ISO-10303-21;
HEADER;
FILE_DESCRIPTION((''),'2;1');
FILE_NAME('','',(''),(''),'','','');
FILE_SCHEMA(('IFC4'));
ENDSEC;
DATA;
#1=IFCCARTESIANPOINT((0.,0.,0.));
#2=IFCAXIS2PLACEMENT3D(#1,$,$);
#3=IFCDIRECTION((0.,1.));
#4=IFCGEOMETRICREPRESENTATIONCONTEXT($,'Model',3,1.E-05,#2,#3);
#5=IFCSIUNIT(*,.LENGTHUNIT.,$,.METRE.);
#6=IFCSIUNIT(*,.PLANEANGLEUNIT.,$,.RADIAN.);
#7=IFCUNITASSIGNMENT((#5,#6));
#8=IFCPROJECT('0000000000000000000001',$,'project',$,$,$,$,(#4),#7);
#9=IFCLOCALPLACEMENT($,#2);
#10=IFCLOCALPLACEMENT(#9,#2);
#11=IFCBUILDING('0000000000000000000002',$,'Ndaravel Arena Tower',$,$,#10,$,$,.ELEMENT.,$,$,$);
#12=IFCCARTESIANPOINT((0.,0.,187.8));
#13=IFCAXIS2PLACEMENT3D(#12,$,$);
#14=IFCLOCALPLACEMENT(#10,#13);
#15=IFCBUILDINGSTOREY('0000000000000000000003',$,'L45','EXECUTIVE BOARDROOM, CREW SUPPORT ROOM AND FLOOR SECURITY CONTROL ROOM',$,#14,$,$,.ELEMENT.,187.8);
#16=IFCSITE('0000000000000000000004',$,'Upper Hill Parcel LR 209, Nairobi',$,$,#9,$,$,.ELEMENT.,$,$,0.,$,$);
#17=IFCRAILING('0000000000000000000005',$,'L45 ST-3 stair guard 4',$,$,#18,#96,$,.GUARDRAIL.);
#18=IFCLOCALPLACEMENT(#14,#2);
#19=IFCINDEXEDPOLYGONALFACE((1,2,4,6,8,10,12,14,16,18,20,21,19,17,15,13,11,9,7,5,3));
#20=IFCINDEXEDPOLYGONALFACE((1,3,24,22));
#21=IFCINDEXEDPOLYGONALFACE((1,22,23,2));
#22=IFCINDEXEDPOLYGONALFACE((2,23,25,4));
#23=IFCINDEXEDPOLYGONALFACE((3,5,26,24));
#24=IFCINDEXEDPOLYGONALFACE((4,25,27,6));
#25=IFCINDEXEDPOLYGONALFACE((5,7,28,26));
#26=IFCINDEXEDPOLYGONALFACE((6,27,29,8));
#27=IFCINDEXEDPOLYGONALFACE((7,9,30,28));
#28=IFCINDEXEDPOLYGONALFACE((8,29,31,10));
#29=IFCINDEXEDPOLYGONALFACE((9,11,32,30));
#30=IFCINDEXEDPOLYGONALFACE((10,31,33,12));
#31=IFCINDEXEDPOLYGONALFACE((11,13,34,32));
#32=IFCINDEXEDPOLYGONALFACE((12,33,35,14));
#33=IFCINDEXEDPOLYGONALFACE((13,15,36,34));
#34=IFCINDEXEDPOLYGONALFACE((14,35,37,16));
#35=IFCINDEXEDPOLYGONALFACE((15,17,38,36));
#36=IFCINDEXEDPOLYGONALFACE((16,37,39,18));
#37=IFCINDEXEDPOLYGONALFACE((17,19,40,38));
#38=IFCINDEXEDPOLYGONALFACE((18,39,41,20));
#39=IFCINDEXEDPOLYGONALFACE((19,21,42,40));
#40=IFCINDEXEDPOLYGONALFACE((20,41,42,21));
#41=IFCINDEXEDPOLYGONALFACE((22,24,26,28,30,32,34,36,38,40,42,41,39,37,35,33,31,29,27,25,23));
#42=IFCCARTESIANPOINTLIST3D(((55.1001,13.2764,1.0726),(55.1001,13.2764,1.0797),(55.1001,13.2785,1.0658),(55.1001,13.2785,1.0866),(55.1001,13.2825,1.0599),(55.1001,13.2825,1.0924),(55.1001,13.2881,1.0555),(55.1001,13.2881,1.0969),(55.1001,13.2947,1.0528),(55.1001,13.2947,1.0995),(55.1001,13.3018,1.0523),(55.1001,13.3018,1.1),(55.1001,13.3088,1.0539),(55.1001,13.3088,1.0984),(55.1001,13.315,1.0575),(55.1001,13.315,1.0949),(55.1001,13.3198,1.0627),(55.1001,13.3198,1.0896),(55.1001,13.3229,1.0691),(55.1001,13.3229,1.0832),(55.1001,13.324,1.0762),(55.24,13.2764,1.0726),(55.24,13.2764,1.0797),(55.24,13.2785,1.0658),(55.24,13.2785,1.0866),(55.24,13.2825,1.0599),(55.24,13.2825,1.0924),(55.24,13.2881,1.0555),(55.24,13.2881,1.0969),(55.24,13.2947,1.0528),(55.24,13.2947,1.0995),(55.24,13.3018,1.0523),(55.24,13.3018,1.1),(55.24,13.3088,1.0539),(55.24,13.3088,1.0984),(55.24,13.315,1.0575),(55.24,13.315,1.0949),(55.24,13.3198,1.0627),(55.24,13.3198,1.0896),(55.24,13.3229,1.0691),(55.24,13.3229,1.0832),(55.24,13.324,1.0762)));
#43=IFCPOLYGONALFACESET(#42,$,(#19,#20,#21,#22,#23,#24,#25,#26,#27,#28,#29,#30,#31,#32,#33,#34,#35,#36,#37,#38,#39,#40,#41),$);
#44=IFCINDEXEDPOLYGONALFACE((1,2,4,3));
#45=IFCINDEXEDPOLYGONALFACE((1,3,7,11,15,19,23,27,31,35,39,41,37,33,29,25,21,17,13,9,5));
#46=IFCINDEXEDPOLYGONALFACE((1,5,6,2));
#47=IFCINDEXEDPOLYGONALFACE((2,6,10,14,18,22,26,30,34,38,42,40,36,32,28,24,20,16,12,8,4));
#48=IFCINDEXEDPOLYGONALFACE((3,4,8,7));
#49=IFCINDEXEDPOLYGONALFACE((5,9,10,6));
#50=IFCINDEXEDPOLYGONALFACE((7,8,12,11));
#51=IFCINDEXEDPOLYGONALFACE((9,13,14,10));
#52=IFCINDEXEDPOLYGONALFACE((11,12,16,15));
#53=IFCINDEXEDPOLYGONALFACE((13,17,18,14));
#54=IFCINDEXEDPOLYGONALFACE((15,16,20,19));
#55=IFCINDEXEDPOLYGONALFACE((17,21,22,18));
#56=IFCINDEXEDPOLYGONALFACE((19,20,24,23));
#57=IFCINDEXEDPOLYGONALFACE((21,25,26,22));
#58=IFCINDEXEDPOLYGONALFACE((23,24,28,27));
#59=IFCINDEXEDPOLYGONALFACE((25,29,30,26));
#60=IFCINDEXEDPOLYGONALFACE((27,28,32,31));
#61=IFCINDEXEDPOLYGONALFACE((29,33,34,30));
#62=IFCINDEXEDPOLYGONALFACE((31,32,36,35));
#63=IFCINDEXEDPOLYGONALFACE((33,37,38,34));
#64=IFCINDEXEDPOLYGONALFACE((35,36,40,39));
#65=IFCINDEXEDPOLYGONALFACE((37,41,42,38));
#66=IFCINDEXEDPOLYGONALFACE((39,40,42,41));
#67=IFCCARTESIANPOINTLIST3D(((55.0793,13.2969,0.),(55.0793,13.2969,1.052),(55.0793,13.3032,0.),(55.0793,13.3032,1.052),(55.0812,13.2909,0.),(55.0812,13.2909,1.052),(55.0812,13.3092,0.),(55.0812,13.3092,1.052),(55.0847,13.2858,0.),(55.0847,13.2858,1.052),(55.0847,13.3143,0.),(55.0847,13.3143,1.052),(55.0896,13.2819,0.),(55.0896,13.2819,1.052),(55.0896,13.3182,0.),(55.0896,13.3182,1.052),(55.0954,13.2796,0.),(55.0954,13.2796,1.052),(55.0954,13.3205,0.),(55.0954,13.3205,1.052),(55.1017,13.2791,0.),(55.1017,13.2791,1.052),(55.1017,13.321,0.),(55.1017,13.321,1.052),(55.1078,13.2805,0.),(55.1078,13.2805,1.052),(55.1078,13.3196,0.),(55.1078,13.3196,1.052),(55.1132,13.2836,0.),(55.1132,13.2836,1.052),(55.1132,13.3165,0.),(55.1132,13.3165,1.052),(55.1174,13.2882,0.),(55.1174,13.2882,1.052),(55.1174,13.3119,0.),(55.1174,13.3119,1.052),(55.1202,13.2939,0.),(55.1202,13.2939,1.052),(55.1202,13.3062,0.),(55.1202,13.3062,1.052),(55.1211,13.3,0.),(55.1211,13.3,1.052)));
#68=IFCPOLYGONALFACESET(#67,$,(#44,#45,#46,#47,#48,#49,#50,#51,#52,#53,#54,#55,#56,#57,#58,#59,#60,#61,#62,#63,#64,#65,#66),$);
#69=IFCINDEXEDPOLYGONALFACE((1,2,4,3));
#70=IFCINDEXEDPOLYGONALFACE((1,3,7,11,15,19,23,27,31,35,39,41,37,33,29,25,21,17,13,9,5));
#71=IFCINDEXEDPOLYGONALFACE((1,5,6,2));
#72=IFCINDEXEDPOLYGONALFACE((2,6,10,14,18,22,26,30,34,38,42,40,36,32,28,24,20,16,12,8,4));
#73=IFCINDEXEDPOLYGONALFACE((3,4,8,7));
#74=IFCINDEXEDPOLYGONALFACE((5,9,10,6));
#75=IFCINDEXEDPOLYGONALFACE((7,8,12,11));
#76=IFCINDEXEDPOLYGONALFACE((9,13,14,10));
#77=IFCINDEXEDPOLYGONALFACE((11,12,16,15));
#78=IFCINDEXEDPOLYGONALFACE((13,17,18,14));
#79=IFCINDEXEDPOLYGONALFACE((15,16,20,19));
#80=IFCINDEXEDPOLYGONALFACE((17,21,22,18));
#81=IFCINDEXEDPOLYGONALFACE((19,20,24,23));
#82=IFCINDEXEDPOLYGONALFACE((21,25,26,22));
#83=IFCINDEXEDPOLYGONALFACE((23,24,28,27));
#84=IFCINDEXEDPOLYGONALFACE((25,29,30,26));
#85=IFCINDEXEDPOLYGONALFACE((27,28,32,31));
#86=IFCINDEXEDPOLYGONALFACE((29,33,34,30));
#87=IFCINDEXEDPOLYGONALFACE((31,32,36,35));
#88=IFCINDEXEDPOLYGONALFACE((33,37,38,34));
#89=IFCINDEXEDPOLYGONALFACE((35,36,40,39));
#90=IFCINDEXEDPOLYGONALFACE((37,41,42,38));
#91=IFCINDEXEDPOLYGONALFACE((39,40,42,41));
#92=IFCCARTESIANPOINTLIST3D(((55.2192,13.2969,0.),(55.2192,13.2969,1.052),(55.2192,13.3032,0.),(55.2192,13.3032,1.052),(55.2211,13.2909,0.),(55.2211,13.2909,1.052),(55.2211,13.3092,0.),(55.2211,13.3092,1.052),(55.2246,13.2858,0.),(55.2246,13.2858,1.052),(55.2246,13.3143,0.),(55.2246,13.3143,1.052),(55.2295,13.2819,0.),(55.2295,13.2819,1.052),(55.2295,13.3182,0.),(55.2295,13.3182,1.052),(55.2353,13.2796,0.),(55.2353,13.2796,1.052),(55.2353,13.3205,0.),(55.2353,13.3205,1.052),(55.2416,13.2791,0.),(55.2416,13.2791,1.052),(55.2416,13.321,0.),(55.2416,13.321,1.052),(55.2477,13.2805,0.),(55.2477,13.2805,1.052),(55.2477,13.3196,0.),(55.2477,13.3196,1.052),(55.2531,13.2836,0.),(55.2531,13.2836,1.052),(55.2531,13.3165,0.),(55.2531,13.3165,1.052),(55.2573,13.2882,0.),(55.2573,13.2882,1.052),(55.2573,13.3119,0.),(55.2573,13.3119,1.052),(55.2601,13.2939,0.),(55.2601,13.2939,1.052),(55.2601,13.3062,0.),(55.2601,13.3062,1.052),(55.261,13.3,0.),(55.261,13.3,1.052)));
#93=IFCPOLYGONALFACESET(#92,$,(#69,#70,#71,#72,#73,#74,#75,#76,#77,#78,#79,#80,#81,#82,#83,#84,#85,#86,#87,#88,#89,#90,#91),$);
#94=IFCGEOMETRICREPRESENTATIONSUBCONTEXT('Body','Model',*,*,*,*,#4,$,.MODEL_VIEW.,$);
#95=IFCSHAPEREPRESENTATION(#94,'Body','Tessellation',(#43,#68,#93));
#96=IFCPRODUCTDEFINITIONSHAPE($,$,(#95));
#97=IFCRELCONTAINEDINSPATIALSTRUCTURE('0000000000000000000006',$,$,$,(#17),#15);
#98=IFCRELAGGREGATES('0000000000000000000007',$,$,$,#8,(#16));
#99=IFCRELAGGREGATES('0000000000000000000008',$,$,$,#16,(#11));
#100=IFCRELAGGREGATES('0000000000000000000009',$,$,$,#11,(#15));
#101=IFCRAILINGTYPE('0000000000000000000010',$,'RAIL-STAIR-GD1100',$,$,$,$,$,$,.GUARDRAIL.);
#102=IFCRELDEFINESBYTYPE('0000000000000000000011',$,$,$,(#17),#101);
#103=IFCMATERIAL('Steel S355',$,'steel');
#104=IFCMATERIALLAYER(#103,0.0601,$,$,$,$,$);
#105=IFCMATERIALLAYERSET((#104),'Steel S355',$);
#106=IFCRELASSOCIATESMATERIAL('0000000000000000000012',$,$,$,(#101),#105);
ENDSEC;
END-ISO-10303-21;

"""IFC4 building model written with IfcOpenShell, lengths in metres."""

from ifc_helpers import new_model, si_unit, direction, frame, origin, origin_2d, place, context, subcontext, project, spatial, circle, extrude, material, layer, layer_set, type_object, element, save


model = new_model("IFC4")

# Units and contexts
model_context = context("Model", 3, precision=1e-05, world=origin(), true_north=direction((0.0, 1.0)))
body_context = subcontext(model_context, "Body", "Model", "MODEL_VIEW")
ifc_project = project(units=[si_unit("LENGTHUNIT", "METRE"), si_unit("PLANEANGLEUNIT", "RADIAN")], contexts=[model_context])

# Site, building, storey
site_placement = place(None, origin())
site = spatial("IfcSite", under=ifc_project, at=site_placement, Name="Upper Hill Parcel LR 209, Nairobi", CompositionType="ELEMENT", RefElevation=0.0)
building_placement = place(site_placement, origin())
building = spatial("IfcBuilding", under=site, at=building_placement, Name="Ndaravel Arena Tower", CompositionType="ELEMENT")
storey_placement = place(building_placement, frame((0.0, 0.0, 187.8)))
storey = spatial("IfcBuildingStorey", under=building, at=storey_placement, Name="L45", Description="EXECUTIVE BOARDROOM, CREW SUPPORT ROOM AND FLOOR SECURITY CONTROL ROOM", CompositionType="ELEMENT", Elevation=187.8)

# Railing
ifc_material_1 = material(Name="Steel S355", Category="steel")
ifc_layer_1 = layer(ifc_material_1, 0.0601)
ifc_layer_set_1 = layer_set([ifc_layer_1], Name="Steel S355")
railing_type_1 = type_object("IfcRailingType", Name="RAIL-STAIR-GD1100", PredefinedType="GUARDRAIL", material=ifc_layer_set_1)
railing_1_placement = place(storey_placement, frame((55.1001, 13.3, 0.0)))
element("IfcRailing", 1, at=railing_1_placement, inside=storey, type_object=railing_type_1, Name="L45 ST-3 stair guard 4", PredefinedType="GUARDRAIL", context=body_context, shape_type="SweptSolid", body=[
    extrude(circle(Radius=0.0239, at=origin_2d()), frame((0.0, 0.0, 1.0762), z_axis=(1.0, 0.0, 0.0), x_axis=(0.0, 1.0, 0.0)), (0.0, 0.0, 1.0), 0.1399),
    extrude(circle(Radius=0.021, at=origin_2d()), origin(), (0.0, 0.0, 1.0), 1.052),
    extrude(circle(Radius=0.021, at=origin_2d()), frame((0.1399, 0.0, 0.0)), (0.0, 0.0, 1.0), 1.052),
])

save(model, "model.ifc")
